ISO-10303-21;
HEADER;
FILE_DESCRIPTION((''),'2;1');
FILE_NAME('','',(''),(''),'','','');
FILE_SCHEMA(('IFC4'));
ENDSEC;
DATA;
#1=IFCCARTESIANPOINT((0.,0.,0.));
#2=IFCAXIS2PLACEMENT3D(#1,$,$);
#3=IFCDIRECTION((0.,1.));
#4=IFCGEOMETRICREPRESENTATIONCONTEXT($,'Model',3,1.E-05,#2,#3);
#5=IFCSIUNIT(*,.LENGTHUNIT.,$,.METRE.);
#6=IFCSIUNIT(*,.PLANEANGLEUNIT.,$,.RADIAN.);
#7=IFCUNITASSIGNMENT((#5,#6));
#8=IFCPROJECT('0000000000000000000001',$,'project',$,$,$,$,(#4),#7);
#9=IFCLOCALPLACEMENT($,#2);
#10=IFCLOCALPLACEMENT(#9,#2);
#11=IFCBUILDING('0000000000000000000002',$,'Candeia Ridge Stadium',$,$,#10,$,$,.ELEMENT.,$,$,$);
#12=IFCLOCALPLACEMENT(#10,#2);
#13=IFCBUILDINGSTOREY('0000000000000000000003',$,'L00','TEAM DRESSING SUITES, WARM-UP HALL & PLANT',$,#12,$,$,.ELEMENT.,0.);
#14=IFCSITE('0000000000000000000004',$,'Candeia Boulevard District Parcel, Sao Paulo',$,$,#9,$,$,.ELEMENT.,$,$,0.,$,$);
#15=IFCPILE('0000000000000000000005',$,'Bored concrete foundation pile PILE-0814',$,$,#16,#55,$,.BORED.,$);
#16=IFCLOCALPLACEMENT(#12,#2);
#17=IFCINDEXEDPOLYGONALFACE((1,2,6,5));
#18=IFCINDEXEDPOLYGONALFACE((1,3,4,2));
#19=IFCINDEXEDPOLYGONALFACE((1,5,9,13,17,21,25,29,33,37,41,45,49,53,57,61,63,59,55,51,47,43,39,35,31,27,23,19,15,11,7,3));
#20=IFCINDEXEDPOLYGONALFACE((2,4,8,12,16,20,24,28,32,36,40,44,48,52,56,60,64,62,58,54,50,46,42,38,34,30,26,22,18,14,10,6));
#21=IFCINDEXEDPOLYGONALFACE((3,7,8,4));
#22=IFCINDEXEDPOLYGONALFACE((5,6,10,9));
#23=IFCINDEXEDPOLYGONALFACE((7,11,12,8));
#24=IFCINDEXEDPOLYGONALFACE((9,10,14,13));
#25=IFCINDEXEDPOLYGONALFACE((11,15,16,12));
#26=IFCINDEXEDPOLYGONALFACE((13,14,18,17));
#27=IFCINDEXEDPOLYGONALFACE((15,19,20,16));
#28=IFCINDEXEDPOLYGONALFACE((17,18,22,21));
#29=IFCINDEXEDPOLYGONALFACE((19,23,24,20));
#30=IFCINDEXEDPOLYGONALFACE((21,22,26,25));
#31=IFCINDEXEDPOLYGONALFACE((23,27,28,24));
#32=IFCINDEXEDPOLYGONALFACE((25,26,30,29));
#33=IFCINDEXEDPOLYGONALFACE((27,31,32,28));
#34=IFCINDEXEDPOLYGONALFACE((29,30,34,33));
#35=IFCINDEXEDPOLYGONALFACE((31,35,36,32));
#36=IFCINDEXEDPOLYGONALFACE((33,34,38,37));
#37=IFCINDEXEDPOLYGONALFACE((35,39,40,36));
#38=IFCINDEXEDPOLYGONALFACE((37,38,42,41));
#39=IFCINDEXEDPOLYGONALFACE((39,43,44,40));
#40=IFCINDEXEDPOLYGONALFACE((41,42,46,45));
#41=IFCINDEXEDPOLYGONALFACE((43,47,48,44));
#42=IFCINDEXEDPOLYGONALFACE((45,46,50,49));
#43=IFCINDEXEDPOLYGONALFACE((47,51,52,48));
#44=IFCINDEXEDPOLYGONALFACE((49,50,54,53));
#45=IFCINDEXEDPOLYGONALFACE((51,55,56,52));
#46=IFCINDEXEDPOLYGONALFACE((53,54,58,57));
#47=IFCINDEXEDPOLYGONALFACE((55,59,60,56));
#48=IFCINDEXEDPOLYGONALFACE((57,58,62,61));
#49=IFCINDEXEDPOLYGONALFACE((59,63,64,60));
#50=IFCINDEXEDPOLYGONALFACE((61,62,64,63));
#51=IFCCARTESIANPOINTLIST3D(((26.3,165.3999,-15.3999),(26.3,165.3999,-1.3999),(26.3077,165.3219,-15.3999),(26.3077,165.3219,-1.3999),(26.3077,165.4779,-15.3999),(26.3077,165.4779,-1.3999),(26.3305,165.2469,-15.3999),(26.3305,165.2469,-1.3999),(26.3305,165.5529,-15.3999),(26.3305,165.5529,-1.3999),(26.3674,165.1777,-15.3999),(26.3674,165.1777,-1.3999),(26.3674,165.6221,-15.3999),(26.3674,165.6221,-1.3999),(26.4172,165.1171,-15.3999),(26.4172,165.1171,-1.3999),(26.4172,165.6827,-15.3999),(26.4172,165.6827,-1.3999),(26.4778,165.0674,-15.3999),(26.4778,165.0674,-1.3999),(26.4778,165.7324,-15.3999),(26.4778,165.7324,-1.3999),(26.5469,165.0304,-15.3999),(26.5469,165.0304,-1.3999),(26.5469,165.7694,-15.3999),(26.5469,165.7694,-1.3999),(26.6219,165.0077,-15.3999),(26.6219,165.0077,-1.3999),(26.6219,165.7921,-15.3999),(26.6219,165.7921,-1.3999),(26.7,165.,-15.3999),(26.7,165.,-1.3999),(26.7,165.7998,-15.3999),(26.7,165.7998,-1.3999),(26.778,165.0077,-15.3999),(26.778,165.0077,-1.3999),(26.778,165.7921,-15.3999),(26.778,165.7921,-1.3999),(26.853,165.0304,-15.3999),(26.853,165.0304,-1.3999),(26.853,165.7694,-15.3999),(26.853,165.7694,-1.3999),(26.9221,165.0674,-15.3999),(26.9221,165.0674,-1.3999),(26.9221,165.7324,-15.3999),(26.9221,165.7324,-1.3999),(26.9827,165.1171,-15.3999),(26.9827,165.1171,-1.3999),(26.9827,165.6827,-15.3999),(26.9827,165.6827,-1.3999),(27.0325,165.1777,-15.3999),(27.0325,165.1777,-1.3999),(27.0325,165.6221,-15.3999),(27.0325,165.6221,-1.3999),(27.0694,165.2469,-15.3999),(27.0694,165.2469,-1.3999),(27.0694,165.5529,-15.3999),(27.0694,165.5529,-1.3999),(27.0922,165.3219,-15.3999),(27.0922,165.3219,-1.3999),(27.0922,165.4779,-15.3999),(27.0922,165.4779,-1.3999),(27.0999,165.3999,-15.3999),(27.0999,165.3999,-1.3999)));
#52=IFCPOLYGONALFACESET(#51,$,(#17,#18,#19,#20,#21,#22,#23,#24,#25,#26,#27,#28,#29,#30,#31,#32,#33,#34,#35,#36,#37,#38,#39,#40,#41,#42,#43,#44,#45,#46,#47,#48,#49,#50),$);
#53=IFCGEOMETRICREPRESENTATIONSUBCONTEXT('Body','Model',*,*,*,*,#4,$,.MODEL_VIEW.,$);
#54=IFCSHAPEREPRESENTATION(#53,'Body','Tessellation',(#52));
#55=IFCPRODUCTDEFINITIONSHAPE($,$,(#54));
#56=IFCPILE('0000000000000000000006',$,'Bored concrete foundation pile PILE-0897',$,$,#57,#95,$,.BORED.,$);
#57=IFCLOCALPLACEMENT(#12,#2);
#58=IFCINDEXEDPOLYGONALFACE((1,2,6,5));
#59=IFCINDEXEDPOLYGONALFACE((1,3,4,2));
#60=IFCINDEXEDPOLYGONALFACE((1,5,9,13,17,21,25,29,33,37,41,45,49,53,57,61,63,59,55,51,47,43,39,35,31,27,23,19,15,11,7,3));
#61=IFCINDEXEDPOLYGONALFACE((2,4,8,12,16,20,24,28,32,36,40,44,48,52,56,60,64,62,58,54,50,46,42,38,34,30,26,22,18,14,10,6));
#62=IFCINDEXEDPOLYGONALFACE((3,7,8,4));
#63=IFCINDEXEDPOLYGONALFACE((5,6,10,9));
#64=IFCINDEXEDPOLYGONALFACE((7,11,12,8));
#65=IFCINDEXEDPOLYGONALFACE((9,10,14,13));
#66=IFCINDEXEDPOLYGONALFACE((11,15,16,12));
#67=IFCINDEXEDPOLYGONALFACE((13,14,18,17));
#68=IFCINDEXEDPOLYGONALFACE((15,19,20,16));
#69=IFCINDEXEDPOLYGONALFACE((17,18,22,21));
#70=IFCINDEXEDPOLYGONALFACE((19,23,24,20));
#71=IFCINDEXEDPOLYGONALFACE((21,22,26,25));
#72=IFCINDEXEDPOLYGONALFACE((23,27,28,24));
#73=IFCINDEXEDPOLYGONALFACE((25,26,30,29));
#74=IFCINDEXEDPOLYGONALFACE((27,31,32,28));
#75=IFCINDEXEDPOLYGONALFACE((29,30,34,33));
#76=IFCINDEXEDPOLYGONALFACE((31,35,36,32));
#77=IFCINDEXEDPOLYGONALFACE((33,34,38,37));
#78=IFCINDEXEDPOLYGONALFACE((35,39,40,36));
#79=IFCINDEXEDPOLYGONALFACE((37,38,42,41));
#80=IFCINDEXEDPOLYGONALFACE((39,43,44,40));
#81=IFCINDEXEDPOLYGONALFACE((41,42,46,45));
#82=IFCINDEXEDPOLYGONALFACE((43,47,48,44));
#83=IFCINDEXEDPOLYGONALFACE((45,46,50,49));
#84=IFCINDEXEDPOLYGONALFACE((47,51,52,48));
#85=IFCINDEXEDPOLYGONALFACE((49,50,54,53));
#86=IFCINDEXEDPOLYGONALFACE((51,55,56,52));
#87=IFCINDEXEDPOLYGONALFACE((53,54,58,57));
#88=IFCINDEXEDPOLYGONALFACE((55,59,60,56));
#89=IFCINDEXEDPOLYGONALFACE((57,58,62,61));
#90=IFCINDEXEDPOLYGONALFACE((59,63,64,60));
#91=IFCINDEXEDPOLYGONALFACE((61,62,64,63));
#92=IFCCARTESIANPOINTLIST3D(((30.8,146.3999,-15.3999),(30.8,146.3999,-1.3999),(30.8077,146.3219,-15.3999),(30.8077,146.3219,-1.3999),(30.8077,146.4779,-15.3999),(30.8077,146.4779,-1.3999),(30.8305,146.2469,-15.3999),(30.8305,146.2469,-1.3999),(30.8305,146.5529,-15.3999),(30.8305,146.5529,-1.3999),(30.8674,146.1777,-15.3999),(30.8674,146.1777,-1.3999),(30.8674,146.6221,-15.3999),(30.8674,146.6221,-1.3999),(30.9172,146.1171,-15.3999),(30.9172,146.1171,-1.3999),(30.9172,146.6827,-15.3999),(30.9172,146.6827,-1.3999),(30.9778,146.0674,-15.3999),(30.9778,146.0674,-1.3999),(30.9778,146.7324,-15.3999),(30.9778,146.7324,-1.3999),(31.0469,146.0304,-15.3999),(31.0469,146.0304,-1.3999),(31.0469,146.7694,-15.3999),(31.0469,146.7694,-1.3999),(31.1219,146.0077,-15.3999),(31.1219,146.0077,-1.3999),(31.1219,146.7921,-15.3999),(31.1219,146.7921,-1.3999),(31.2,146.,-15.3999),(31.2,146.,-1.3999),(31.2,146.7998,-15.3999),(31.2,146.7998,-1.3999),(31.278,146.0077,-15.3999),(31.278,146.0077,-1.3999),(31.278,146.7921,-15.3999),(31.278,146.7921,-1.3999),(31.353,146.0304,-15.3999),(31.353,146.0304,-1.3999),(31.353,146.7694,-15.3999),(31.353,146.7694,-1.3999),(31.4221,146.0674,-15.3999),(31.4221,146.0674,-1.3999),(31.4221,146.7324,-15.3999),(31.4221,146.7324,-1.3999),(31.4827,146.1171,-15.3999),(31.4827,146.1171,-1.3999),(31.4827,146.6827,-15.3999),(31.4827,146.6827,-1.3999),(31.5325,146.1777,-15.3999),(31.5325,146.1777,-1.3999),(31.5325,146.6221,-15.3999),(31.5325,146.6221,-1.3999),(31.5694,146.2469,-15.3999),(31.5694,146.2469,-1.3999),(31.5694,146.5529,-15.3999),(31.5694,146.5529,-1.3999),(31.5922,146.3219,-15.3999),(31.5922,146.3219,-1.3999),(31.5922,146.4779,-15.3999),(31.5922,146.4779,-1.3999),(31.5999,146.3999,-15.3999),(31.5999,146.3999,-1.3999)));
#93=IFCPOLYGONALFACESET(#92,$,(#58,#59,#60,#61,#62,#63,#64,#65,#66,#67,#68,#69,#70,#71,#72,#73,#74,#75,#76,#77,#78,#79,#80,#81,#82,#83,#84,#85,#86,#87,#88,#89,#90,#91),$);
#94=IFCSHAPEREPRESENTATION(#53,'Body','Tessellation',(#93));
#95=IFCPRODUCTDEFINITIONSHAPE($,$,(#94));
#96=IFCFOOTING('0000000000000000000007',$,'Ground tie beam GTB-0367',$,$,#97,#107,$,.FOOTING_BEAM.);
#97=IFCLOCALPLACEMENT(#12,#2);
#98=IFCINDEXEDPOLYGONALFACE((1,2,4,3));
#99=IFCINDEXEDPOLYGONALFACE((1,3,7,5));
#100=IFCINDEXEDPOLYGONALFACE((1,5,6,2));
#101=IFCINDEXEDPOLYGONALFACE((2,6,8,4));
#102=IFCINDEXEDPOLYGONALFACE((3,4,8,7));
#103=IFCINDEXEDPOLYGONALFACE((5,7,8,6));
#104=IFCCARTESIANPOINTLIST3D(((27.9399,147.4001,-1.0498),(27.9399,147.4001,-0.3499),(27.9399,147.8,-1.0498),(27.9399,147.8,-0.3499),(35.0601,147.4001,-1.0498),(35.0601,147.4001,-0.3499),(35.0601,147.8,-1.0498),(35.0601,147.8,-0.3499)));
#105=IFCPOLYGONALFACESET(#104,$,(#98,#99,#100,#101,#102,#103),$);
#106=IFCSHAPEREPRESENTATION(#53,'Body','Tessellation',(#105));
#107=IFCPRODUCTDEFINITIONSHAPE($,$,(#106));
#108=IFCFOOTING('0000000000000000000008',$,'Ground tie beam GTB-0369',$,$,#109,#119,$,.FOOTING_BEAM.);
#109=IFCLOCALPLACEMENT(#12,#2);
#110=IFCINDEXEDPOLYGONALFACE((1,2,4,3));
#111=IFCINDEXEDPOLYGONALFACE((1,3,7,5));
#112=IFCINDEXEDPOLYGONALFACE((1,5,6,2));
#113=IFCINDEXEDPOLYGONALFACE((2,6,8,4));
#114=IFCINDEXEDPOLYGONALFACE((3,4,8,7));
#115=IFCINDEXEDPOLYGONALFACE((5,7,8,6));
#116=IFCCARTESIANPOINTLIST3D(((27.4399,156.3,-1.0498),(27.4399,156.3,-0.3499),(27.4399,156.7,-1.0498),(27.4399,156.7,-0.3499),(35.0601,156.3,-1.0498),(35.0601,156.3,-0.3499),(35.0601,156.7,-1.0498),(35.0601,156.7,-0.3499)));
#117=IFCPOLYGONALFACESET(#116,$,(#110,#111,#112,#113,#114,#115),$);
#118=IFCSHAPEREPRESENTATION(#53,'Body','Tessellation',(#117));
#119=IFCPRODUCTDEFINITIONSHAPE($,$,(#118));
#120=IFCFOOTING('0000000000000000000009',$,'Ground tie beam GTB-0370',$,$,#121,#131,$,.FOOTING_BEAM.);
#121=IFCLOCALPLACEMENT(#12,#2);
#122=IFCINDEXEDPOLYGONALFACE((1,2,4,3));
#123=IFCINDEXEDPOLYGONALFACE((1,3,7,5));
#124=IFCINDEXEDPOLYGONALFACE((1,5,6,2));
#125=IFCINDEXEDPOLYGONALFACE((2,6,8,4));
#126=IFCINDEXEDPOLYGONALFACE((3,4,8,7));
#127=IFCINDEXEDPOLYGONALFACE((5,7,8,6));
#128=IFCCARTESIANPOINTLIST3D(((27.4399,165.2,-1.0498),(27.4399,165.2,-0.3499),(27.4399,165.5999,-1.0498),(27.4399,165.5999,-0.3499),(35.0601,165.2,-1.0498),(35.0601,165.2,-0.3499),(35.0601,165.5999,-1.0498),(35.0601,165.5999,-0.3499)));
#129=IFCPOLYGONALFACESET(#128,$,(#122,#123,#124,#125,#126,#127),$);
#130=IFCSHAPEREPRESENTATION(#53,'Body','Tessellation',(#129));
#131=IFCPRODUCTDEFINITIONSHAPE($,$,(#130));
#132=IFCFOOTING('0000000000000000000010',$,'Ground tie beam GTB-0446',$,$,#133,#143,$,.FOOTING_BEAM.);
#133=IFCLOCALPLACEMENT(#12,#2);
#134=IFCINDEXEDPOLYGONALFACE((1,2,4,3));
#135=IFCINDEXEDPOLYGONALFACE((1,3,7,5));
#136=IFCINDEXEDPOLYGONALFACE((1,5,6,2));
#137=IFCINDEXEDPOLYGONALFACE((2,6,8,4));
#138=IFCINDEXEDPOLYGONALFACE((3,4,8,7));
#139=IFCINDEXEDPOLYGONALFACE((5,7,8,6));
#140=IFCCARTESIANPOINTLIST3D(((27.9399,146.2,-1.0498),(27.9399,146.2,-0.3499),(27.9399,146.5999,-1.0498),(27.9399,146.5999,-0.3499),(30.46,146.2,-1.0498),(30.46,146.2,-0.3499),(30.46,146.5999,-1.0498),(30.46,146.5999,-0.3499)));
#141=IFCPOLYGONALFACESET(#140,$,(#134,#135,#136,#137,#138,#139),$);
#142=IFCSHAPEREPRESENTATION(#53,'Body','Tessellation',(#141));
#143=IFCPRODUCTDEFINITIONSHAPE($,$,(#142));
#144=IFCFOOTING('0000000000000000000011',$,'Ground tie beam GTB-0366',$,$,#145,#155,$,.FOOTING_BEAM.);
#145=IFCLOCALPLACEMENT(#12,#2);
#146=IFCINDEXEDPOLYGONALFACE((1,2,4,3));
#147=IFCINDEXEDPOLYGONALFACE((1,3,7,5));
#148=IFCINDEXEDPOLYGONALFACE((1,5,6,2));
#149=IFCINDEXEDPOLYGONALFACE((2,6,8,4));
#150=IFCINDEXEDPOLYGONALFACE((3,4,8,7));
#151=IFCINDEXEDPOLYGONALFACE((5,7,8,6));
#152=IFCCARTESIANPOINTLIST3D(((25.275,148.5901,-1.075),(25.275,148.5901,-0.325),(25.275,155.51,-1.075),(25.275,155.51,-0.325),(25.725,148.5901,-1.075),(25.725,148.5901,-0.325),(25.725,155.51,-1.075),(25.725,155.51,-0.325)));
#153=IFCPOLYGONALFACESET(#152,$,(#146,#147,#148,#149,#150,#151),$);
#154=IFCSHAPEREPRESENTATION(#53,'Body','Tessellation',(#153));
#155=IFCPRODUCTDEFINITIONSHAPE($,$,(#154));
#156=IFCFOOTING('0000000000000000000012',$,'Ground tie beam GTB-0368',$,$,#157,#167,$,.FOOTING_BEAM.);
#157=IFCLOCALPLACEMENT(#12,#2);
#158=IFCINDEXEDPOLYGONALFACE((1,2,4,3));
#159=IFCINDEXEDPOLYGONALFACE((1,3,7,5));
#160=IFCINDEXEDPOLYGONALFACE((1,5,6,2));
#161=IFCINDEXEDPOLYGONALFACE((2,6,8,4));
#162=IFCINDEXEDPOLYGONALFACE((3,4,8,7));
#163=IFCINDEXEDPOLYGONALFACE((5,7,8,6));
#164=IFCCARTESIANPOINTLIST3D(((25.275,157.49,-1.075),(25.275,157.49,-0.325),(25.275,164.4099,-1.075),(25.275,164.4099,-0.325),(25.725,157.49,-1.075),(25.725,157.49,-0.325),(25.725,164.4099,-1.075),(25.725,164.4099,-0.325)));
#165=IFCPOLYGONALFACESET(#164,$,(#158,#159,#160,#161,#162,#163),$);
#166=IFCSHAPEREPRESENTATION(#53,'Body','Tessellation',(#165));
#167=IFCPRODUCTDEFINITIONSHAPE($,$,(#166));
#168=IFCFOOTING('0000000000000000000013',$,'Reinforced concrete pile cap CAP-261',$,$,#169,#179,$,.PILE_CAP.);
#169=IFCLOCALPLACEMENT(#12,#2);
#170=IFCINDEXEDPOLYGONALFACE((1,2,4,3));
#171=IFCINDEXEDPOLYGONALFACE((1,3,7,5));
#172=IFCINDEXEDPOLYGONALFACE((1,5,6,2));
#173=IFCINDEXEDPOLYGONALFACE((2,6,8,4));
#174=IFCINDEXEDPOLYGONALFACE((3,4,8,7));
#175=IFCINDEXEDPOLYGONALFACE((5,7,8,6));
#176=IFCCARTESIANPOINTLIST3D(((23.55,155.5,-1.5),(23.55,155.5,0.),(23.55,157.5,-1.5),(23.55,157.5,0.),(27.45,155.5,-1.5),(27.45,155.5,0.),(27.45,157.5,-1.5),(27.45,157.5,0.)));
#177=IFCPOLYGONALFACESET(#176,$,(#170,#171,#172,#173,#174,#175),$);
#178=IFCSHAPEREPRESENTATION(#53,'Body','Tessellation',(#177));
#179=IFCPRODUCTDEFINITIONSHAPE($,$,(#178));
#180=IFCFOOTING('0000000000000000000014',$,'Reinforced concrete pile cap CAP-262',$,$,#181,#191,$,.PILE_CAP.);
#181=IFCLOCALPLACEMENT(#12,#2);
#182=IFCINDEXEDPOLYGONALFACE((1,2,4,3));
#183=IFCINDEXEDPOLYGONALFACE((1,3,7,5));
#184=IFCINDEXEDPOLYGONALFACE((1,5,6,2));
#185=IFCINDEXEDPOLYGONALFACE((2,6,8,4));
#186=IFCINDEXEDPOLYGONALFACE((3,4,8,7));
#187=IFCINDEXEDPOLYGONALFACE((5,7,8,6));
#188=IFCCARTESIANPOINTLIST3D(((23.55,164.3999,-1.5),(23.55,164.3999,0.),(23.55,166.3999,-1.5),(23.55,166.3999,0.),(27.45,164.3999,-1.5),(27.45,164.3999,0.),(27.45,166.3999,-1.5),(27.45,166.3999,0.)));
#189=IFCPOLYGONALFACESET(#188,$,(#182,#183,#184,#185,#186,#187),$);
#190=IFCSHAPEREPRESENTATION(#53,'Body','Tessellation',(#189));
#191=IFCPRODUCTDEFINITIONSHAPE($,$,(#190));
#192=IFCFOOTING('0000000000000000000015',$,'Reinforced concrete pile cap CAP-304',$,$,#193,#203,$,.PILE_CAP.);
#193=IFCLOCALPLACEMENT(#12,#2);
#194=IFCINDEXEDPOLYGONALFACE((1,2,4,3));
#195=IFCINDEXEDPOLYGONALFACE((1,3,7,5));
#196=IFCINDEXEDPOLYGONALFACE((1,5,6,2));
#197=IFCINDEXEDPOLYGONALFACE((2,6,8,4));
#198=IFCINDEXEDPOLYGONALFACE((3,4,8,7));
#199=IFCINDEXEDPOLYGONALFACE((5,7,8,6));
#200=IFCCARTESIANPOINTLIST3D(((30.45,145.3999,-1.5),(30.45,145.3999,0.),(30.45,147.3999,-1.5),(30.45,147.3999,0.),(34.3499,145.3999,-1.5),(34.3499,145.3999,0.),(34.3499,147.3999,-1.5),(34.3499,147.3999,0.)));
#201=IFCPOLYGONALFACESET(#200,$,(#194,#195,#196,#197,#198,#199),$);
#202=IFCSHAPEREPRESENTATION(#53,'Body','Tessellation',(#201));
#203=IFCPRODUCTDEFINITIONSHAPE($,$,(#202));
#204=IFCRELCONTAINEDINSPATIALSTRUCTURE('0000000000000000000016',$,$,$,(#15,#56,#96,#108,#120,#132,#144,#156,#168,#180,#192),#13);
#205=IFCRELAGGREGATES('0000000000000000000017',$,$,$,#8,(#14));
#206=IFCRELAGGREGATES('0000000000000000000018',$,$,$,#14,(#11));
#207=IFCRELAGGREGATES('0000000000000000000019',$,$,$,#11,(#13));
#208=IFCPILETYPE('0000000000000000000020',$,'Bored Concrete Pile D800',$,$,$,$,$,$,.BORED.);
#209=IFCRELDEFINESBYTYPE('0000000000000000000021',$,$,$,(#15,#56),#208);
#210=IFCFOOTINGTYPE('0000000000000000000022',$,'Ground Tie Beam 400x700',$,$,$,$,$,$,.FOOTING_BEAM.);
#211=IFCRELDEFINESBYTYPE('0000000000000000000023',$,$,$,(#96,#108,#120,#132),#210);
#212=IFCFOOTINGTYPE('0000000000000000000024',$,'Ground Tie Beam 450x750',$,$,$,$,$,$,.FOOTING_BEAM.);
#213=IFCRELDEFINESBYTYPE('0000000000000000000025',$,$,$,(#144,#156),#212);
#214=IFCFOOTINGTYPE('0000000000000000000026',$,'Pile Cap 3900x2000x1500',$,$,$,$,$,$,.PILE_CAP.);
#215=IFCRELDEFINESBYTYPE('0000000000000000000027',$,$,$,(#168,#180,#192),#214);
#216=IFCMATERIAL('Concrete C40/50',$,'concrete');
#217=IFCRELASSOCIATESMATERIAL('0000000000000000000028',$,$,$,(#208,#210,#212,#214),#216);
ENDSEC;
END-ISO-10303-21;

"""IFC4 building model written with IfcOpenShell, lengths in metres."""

from ifc_helpers import new_model, si_unit, direction, frame, origin, origin_2d, place, context, subcontext, project, spatial, rectangle, circle, extrude, material, material_profile, profile_set, type_object, element, save


model = new_model("IFC4")

# Units and contexts
model_context = context("Model", 3, precision=1e-05, world=origin(), true_north=direction((0.0, 1.0)))
body_context = subcontext(model_context, "Body", "Model", "MODEL_VIEW")
ifc_project = project(units=[si_unit("LENGTHUNIT", "METRE"), si_unit("PLANEANGLEUNIT", "RADIAN")], contexts=[model_context])

# Site, building, storey
site_placement = place(None, origin())
site = spatial("IfcSite", under=ifc_project, at=site_placement, Name="Candeia Boulevard District Parcel, Sao Paulo", CompositionType="ELEMENT", RefElevation=0.0)
building_placement = place(site_placement, origin())
building = spatial("IfcBuilding", under=site, at=building_placement, Name="Candeia Ridge Stadium", CompositionType="ELEMENT")
storey_placement = place(building_placement, origin())
storey = spatial("IfcBuildingStorey", under=building, at=storey_placement, Name="L00", Description="TEAM DRESSING SUITES, WARM-UP HALL & PLANT", CompositionType="ELEMENT", Elevation=0.0)

# Piles
ifc_material_1 = material(Name="Concrete C40/50", Category="concrete")
ifc_material_profile_1 = material_profile(ifc_material_1, circle(Radius=0.3999, at=origin_2d()), Name="PILE-D800", Category="concrete")
ifc_profile_set_1 = profile_set([ifc_material_profile_1], Name="Concrete C40/50")
pile_type = type_object("IfcPileType", Name="Bored Concrete Pile D800", PredefinedType="BORED", material=ifc_profile_set_1)
for number, where, z_axis, x_axis, name in (
    (1, (26.7, 165.3999, -1.3999), (0.0, 0.0, -1.0), (1.0, 0.0, 0.0), "Bored concrete foundation pile PILE-0814"),
    (2, (31.2, 146.3999, -1.3999), (0.0, 0.0, -1.0), (1.0, 0.0, 0.0), "Bored concrete foundation pile PILE-0897"),
):
    element("IfcPile", number, at=place(storey_placement, frame(where, z_axis=z_axis, x_axis=x_axis)), inside=storey, type_object=pile_type, Name=name, PredefinedType="BORED", context=body_context, shape_type="SweptSolid", body=[
        extrude(circle(Radius=0.3999, at=origin_2d()), origin(), (0.0, 0.0, 1.0), 14.0),
    ])

# Footings
footing_type_1 = type_object("IfcFootingType", Name="Ground Tie Beam 400x700", PredefinedType="FOOTING_BEAM", material=ifc_material_1)
footing_1_placement = place(storey_placement, frame((31.5, 147.6001, -1.0498), z_axis=(0.0, 0.0, 1.0), x_axis=(1.0, 0.0, 0.0)))
element("IfcFooting", 3, at=footing_1_placement, inside=storey, type_object=footing_type_1, Name="Ground tie beam GTB-0367", PredefinedType="FOOTING_BEAM", context=body_context, shape_type="SweptSolid", body=[
    extrude(rectangle(XDim=7.1201, YDim=0.3999, at=origin_2d()), origin(), (0.0, 0.0, 1.0), 0.7),
])
for number, where, z_axis, x_axis, name in (
    (4, (31.25, 156.5, -1.0498), (0.0, 0.0, 1.0), (1.0, 0.0, 0.0), "Ground tie beam GTB-0369"),
    (5, (31.25, 165.3999, -1.0498), (0.0, 0.0, 1.0), (1.0, 0.0, 0.0), "Ground tie beam GTB-0370"),
):
    element("IfcFooting", number, at=place(storey_placement, frame(where, z_axis=z_axis, x_axis=x_axis)), inside=storey, type_object=footing_type_1, Name=name, PredefinedType="FOOTING_BEAM", context=body_context, shape_type="SweptSolid", body=[
        extrude(rectangle(XDim=7.6201, YDim=0.3999, at=origin_2d()), origin(), (0.0, 0.0, 1.0), 0.7),
    ])
footing_2_placement = place(storey_placement, frame((29.2, 146.3999, -1.0498), z_axis=(0.0, 0.0, 1.0), x_axis=(1.0, 0.0, 0.0)))
element("IfcFooting", 6, at=footing_2_placement, inside=storey, type_object=footing_type_1, Name="Ground tie beam GTB-0446", PredefinedType="FOOTING_BEAM", context=body_context, shape_type="SweptSolid", body=[
    extrude(rectangle(XDim=2.52, YDim=0.3999, at=origin_2d()), origin(), (0.0, 0.0, 1.0), 0.7),
])
footing_type_2 = type_object("IfcFootingType", Name="Ground Tie Beam 450x750", PredefinedType="FOOTING_BEAM", material=ifc_material_1)
for number, where, z_axis, x_axis, name in (
    (7, (25.5, 152.05, -1.075), (0.0, 0.0, 1.0), (0.0, 1.0, 0.0), "Ground tie beam GTB-0366"),
    (8, (25.5, 160.95, -1.075), (0.0, 0.0, 1.0), (0.0, 1.0, 0.0), "Ground tie beam GTB-0368"),
):
    element("IfcFooting", number, at=place(storey_placement, frame(where, z_axis=z_axis, x_axis=x_axis)), inside=storey, type_object=footing_type_2, Name=name, PredefinedType="FOOTING_BEAM", context=body_context, shape_type="SweptSolid", body=[
        extrude(rectangle(XDim=6.9199, YDim=0.45, at=origin_2d()), origin(), (0.0, 0.0, 1.0), 0.75),
    ])
footing_type_3 = type_object("IfcFootingType", Name="Pile Cap 3900x2000x1500", PredefinedType="PILE_CAP", material=ifc_material_1)
for number, where, z_axis, x_axis, name in (
    (9, (25.5, 156.5, -1.5), (0.0, 0.0, 1.0), (1.0, 0.0, 0.0), "Reinforced concrete pile cap CAP-261"),
    (10, (25.5, 165.3999, -1.5), (0.0, 0.0, 1.0), (1.0, 0.0, 0.0), "Reinforced concrete pile cap CAP-262"),
    (11, (32.3999, 146.3999, -1.5), (0.0, 0.0, 1.0), (1.0, 0.0, 0.0), "Reinforced concrete pile cap CAP-304"),
):
    element("IfcFooting", number, at=place(storey_placement, frame(where, z_axis=z_axis, x_axis=x_axis)), inside=storey, type_object=footing_type_3, Name=name, PredefinedType="PILE_CAP", context=body_context, shape_type="SweptSolid", body=[
        extrude(rectangle(XDim=3.8999, YDim=2.0, at=origin_2d()), origin(), (0.0, 0.0, 1.0), 1.5),
    ])

save(model, "model.ifc")
